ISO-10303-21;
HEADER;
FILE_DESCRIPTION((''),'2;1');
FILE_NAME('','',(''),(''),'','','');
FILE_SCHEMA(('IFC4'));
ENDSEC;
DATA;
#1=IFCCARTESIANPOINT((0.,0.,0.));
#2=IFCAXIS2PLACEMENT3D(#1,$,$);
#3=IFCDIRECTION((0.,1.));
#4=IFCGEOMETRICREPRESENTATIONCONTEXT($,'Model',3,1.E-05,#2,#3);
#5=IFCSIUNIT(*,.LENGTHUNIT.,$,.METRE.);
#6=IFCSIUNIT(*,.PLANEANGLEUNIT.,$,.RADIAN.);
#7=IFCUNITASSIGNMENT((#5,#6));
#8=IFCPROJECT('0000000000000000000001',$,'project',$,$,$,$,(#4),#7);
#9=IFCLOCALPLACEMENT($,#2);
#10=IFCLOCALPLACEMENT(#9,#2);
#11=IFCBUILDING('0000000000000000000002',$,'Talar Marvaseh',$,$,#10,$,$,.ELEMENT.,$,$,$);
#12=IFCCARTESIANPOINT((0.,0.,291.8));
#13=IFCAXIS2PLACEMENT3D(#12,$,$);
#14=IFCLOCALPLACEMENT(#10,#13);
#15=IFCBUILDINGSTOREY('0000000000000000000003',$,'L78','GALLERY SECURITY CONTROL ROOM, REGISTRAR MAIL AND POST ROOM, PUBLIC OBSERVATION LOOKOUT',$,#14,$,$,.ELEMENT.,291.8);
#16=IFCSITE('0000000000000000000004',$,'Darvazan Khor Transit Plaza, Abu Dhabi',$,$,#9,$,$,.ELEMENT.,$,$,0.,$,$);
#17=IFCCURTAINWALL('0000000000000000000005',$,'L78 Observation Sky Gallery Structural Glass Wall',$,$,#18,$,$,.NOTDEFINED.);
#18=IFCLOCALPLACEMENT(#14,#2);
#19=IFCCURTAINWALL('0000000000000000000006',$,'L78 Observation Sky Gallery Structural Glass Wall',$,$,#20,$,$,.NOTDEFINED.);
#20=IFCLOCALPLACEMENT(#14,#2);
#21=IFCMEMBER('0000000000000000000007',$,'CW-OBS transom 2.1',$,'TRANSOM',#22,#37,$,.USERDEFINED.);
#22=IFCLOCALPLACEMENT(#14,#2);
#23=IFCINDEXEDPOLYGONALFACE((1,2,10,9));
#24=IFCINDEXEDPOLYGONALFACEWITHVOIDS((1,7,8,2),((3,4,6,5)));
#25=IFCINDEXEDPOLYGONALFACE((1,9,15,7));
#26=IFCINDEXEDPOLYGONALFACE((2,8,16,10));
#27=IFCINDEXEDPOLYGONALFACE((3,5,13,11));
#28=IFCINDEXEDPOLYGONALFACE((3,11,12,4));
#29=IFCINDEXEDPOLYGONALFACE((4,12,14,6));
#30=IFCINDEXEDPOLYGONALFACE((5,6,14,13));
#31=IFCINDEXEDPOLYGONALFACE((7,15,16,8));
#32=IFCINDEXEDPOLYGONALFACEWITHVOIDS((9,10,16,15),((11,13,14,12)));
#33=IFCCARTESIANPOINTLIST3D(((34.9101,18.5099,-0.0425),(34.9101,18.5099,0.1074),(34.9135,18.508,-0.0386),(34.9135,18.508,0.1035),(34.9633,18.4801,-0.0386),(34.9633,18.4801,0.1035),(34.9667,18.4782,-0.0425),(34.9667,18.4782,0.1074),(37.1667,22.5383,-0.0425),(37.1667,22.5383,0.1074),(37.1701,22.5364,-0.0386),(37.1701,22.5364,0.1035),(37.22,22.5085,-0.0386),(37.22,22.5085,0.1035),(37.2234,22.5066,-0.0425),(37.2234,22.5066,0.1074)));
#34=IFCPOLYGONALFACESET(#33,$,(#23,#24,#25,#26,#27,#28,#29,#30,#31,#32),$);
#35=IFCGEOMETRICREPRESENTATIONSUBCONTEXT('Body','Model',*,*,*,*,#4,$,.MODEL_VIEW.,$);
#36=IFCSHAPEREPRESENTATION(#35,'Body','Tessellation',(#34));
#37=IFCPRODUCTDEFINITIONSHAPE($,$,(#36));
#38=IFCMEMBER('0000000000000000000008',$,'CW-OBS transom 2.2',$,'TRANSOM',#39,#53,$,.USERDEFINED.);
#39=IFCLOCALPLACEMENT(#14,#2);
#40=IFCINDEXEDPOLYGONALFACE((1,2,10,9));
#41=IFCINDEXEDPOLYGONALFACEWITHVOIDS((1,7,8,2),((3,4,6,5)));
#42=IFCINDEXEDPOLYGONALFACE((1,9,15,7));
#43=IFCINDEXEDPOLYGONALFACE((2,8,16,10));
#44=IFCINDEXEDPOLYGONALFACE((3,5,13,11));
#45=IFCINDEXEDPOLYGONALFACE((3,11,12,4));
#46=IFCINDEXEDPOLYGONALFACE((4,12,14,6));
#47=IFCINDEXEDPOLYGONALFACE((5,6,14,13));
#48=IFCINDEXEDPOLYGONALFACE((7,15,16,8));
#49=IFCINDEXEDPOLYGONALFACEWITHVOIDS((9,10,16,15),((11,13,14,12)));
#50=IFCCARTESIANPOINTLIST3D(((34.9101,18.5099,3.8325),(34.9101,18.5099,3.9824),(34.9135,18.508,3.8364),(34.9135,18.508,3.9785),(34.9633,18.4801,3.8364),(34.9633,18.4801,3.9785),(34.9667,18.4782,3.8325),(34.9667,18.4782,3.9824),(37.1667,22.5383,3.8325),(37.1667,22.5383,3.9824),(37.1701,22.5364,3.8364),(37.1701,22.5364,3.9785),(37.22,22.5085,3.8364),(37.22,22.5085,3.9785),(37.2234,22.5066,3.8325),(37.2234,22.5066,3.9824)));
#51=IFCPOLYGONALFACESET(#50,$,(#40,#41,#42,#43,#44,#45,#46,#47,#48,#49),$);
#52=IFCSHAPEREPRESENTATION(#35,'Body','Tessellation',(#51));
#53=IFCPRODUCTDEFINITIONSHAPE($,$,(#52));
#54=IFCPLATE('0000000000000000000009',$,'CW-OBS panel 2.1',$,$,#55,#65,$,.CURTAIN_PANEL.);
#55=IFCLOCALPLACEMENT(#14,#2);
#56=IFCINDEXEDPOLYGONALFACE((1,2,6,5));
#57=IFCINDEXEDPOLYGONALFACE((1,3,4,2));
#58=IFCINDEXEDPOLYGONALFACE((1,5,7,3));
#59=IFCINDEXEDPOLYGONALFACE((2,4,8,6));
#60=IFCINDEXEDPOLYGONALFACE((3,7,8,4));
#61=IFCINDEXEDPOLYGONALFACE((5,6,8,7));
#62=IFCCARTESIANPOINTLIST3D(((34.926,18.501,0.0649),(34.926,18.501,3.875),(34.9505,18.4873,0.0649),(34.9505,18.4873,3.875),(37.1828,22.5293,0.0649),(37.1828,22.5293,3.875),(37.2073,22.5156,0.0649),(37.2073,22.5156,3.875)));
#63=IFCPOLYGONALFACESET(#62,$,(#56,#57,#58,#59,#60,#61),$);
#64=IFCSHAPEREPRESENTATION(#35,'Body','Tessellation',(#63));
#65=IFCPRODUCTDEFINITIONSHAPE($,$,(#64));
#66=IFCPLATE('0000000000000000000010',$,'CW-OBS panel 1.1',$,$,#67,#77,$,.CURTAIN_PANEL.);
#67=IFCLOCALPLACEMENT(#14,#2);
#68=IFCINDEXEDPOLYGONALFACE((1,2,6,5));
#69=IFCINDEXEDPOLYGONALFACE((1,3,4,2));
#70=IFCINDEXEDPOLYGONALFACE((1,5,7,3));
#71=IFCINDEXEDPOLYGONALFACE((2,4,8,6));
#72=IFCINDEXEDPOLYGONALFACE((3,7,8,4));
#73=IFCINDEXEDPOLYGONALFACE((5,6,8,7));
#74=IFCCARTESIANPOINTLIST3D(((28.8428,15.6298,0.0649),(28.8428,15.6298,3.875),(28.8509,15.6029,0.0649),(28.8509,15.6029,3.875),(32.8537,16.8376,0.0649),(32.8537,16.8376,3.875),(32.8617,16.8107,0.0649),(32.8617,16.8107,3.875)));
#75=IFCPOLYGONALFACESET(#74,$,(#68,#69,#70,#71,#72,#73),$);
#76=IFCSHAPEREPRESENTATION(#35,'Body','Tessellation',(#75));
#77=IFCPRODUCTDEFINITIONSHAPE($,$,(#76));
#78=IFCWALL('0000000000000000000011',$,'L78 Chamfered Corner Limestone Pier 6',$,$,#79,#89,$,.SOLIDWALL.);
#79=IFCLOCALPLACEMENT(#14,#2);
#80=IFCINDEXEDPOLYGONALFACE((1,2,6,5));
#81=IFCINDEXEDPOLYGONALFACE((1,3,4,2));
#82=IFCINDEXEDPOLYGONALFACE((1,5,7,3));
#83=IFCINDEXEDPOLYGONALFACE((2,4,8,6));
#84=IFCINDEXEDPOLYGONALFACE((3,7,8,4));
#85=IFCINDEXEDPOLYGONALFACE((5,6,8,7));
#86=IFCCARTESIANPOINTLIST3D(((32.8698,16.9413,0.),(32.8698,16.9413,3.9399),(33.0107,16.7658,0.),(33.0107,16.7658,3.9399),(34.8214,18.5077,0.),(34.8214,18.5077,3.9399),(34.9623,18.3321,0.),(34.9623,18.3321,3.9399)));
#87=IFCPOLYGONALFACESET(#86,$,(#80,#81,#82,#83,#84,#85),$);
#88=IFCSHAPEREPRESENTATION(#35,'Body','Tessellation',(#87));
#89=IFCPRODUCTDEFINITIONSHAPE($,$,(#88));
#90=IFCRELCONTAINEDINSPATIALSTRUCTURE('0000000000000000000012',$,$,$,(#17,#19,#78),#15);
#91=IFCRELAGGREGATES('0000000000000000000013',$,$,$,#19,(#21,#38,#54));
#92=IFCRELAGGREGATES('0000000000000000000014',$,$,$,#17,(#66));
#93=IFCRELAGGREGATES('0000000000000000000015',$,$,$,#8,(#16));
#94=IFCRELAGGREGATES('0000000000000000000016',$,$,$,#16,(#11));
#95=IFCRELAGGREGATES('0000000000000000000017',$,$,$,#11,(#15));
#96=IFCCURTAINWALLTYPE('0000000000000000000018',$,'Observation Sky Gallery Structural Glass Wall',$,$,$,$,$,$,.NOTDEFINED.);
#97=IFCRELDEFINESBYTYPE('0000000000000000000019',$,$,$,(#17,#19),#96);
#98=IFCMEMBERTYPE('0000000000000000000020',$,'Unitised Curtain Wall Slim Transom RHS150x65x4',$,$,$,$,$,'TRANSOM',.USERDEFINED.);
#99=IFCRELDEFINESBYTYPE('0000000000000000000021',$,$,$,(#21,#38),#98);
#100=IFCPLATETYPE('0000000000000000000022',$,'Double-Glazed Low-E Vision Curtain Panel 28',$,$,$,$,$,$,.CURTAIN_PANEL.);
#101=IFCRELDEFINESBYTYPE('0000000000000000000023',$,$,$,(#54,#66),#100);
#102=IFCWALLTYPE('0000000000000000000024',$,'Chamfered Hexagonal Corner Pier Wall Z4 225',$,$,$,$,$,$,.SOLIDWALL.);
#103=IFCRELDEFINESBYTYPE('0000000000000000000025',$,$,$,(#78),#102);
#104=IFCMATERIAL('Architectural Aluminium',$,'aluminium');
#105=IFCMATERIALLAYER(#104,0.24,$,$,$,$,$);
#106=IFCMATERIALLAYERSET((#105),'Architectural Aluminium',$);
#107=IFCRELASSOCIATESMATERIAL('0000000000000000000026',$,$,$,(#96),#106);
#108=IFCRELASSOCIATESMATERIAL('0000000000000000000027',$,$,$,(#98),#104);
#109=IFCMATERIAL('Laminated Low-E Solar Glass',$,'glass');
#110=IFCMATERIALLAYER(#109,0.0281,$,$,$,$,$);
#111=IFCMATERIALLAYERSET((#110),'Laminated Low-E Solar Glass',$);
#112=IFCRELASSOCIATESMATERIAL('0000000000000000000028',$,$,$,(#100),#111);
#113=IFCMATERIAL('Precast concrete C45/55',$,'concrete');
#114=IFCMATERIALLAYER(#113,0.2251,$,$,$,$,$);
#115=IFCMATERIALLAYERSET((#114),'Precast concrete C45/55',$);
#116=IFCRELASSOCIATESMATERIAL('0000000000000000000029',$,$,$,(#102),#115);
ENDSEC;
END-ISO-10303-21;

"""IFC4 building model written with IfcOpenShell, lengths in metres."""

from ifc_helpers import new_model, si_unit, direction, frame, frame_2d, origin, origin_2d, place, context, subcontext, project, spatial, rectangle, hollow_rectangle, extrude, source, transform, mapped, material, layer, layer_set, material_profile, profile_set, type_object, type_shapes, element, aggregate, save


model = new_model("IFC4")

# Units and contexts
model_context = context("Model", 3, precision=1e-05, world=origin(), true_north=direction((0.0, 1.0)))
body_context = subcontext(model_context, "Body", "Model", "MODEL_VIEW")
ifc_project = project(units=[si_unit("LENGTHUNIT", "METRE"), si_unit("PLANEANGLEUNIT", "RADIAN")], contexts=[model_context])

# Site, building, storey
site_placement = place(None, origin())
site = spatial("IfcSite", under=ifc_project, at=site_placement, Name="Darvazan Khor Transit Plaza, Abu Dhabi", CompositionType="ELEMENT", RefElevation=0.0)
building_placement = place(site_placement, origin())
building = spatial("IfcBuilding", under=site, at=building_placement, Name="Talar Marvaseh", CompositionType="ELEMENT")
storey_placement = place(building_placement, frame((0.0, 0.0, 291.8)))
storey = spatial("IfcBuildingStorey", under=building, at=storey_placement, Name="L78", Description="GALLERY SECURITY CONTROL ROOM, REGISTRAR MAIL AND POST ROOM, PUBLIC OBSERVATION LOOKOUT", CompositionType="ELEMENT", Elevation=291.8)

# Curtain wall
ifc_material_1 = material(Name="Architectural Aluminium", Category="aluminium")
ifc_layer_1 = layer(ifc_material_1, 0.24)
ifc_layer_set_1 = layer_set([ifc_layer_1], Name="Architectural Aluminium")
curtain_wall_type = type_object("IfcCurtainWallType", Name="Observation Sky Gallery Structural Glass Wall", PredefinedType="NOTDEFINED", material=ifc_layer_set_1)
curtain_wall_1_placement = place(storey_placement, origin())
curtain_wall_1 = element("IfcCurtainWall", 1, at=curtain_wall_1_placement, inside=storey, type_object=curtain_wall_type, Name="L78 Observation Sky Gallery Structural Glass Wall", PredefinedType="NOTDEFINED")
ifc_material_profile_1 = material_profile(ifc_material_1, hollow_rectangle(XDim=0.0649, YDim=0.1499, WallThickness=0.0039, at=origin_2d()), Name="RHS150x65x4")
ifc_profile_set_1 = profile_set([ifc_material_profile_1], Name="Architectural Aluminium")
member_type_1 = type_object("IfcMemberType", Name="Unitised Curtain Wall Slim Transom RHS150x65x4", ElementType="TRANSOM", PredefinedType="USERDEFINED", material=ifc_profile_set_1)

# Curtain wall
curtain_wall_2_placement = place(storey_placement, origin())
curtain_wall_2 = element("IfcCurtainWall", 2, at=curtain_wall_2_placement, inside=storey, type_object=curtain_wall_type, Name="L78 Observation Sky Gallery Structural Glass Wall", PredefinedType="NOTDEFINED")

# Members
shared_shape_1 = source(origin(), body_context, "Body", "SweptSolid", [
    extrude(hollow_rectangle(XDim=0.0649, YDim=0.1499, WallThickness=0.0039, at=origin_2d()), origin(), (0.0, 0.0, 1.0), 4.6174),
])
member_1_placement = place(storey_placement, frame((37.1951, 22.5225, 0.0325), z_axis=(-0.488724, -0.872438, 0.0), x_axis=(0.872438, -0.488724, 0.0)))
member_1 = element("IfcMember", 3, at=member_1_placement, type_object=member_type_1, Name="CW-OBS transom 2.1", ObjectType="TRANSOM", PredefinedType="USERDEFINED", context=body_context, shape_type="MappedRepresentation", body=[
    mapped(shared_shape_1, transform((0.0, 0.0, 0.0), x_axis=(1.0, 0.0, 0.0), y_axis=(0.0, 1.0, 0.0), z_axis=(0.0, 0.0, 1.0), scale=1.0)),
])
member_2_placement = place(storey_placement, frame((37.1951, 22.5225, 3.9075), z_axis=(-0.488724, -0.872438, 0.0), x_axis=(0.872438, -0.488724, 0.0)))
member_2 = element("IfcMember", 4, at=member_2_placement, type_object=member_type_1, Name="CW-OBS transom 2.2", ObjectType="TRANSOM", PredefinedType="USERDEFINED", context=body_context, shape_type="MappedRepresentation", body=[
    mapped(shared_shape_1, transform((0.0, 0.0, 0.0), x_axis=(1.0, 0.0, 0.0), y_axis=(0.0, 1.0, 0.0), z_axis=(0.0, 0.0, 1.0), scale=1.0)),
])

# Plates
ifc_material_2 = material(Name="Laminated Low-E Solar Glass", Category="glass")
ifc_layer_2 = layer(ifc_material_2, 0.0281)
ifc_layer_set_2 = layer_set([ifc_layer_2], Name="Laminated Low-E Solar Glass")
plate_type = type_object("IfcPlateType", Name="Double-Glazed Low-E Vision Curtain Panel 28", PredefinedType="CURTAIN_PANEL", material=ifc_layer_set_2)
shared_shape_2 = source(origin(), body_context, "Body", "SweptSolid", [
    extrude(rectangle(XDim=4.6174, YDim=0.0281, at=origin_2d()), origin(), (0.0, 0.0, 1.0), 3.8101),
])
plate_1_placement = place(storey_placement, frame((36.0667, 20.5083, 0.0649), z_axis=(0.0, 0.0, 1.0), x_axis=(-0.488753, -0.872422, 0.0)))
plate_1 = element("IfcPlate", 5, at=plate_1_placement, type_object=plate_type, Name="CW-OBS panel 2.1", PredefinedType="CURTAIN_PANEL", context=body_context, shape_type="MappedRepresentation", body=[
    mapped(shared_shape_2, transform((0.0, 0.0, 0.0), x_axis=(1.0, 0.0, 0.0), y_axis=(0.0, 1.0, 0.0), z_axis=(0.0, 0.0, 1.0), scale=1.0)),
])
aggregate(curtain_wall_2, [member_1, member_2, plate_1])
shared_shape_3 = source(origin(), body_context, "Body", "SweptSolid", [
    extrude(rectangle(XDim=4.1887, YDim=0.0281, at=origin_2d()), origin(), (0.0, 0.0, 1.0), 3.8101),
])
type_shapes(plate_type, [shared_shape_2, shared_shape_3])
plate_2_placement = place(storey_placement, frame((30.8523, 16.2202, 0.0649), z_axis=(0.0, 0.0, 1.0), x_axis=(-0.957526, -0.288346, 0.0)))
plate_2 = element("IfcPlate", 6, at=plate_2_placement, type_object=plate_type, Name="CW-OBS panel 1.1", PredefinedType="CURTAIN_PANEL", context=body_context, shape_type="MappedRepresentation", body=[
    mapped(shared_shape_3, transform((0.0, 0.0, 0.0), x_axis=(1.0, 0.0, 0.0), y_axis=(0.0, 1.0, 0.0), z_axis=(0.0, 0.0, 1.0), scale=1.0)),
])
aggregate(curtain_wall_1, [plate_2])

# Wall
ifc_material_3 = material(Name="Precast concrete C45/55", Category="concrete")
ifc_layer_3 = layer(ifc_material_3, 0.2251)
ifc_layer_set_3 = layer_set([ifc_layer_3], Name="Precast concrete C45/55")
wall_type = type_object("IfcWallType", Name="Chamfered Hexagonal Corner Pier Wall Z4 225", PredefinedType="SOLIDWALL", material=ifc_layer_set_3)
wall_placement = place(storey_placement, frame((34.8918, 18.4199, 0.0), z_axis=(0.0, 0.0, 1.0), x_axis=(-0.779878, -0.625932, 0.0)))
element("IfcWall", 7, at=wall_placement, inside=storey, type_object=wall_type, Name="L78 Chamfered Corner Limestone Pier 6", PredefinedType="SOLIDWALL", context=body_context, shape_type="SweptSolid", body=[
    extrude(rectangle(XDim=2.5024, YDim=0.2251, at=frame_2d((1.2512, 0.0))), origin(), (0.0, 0.0, 1.0), 3.9399),
])

save(model, "model.ifc")
